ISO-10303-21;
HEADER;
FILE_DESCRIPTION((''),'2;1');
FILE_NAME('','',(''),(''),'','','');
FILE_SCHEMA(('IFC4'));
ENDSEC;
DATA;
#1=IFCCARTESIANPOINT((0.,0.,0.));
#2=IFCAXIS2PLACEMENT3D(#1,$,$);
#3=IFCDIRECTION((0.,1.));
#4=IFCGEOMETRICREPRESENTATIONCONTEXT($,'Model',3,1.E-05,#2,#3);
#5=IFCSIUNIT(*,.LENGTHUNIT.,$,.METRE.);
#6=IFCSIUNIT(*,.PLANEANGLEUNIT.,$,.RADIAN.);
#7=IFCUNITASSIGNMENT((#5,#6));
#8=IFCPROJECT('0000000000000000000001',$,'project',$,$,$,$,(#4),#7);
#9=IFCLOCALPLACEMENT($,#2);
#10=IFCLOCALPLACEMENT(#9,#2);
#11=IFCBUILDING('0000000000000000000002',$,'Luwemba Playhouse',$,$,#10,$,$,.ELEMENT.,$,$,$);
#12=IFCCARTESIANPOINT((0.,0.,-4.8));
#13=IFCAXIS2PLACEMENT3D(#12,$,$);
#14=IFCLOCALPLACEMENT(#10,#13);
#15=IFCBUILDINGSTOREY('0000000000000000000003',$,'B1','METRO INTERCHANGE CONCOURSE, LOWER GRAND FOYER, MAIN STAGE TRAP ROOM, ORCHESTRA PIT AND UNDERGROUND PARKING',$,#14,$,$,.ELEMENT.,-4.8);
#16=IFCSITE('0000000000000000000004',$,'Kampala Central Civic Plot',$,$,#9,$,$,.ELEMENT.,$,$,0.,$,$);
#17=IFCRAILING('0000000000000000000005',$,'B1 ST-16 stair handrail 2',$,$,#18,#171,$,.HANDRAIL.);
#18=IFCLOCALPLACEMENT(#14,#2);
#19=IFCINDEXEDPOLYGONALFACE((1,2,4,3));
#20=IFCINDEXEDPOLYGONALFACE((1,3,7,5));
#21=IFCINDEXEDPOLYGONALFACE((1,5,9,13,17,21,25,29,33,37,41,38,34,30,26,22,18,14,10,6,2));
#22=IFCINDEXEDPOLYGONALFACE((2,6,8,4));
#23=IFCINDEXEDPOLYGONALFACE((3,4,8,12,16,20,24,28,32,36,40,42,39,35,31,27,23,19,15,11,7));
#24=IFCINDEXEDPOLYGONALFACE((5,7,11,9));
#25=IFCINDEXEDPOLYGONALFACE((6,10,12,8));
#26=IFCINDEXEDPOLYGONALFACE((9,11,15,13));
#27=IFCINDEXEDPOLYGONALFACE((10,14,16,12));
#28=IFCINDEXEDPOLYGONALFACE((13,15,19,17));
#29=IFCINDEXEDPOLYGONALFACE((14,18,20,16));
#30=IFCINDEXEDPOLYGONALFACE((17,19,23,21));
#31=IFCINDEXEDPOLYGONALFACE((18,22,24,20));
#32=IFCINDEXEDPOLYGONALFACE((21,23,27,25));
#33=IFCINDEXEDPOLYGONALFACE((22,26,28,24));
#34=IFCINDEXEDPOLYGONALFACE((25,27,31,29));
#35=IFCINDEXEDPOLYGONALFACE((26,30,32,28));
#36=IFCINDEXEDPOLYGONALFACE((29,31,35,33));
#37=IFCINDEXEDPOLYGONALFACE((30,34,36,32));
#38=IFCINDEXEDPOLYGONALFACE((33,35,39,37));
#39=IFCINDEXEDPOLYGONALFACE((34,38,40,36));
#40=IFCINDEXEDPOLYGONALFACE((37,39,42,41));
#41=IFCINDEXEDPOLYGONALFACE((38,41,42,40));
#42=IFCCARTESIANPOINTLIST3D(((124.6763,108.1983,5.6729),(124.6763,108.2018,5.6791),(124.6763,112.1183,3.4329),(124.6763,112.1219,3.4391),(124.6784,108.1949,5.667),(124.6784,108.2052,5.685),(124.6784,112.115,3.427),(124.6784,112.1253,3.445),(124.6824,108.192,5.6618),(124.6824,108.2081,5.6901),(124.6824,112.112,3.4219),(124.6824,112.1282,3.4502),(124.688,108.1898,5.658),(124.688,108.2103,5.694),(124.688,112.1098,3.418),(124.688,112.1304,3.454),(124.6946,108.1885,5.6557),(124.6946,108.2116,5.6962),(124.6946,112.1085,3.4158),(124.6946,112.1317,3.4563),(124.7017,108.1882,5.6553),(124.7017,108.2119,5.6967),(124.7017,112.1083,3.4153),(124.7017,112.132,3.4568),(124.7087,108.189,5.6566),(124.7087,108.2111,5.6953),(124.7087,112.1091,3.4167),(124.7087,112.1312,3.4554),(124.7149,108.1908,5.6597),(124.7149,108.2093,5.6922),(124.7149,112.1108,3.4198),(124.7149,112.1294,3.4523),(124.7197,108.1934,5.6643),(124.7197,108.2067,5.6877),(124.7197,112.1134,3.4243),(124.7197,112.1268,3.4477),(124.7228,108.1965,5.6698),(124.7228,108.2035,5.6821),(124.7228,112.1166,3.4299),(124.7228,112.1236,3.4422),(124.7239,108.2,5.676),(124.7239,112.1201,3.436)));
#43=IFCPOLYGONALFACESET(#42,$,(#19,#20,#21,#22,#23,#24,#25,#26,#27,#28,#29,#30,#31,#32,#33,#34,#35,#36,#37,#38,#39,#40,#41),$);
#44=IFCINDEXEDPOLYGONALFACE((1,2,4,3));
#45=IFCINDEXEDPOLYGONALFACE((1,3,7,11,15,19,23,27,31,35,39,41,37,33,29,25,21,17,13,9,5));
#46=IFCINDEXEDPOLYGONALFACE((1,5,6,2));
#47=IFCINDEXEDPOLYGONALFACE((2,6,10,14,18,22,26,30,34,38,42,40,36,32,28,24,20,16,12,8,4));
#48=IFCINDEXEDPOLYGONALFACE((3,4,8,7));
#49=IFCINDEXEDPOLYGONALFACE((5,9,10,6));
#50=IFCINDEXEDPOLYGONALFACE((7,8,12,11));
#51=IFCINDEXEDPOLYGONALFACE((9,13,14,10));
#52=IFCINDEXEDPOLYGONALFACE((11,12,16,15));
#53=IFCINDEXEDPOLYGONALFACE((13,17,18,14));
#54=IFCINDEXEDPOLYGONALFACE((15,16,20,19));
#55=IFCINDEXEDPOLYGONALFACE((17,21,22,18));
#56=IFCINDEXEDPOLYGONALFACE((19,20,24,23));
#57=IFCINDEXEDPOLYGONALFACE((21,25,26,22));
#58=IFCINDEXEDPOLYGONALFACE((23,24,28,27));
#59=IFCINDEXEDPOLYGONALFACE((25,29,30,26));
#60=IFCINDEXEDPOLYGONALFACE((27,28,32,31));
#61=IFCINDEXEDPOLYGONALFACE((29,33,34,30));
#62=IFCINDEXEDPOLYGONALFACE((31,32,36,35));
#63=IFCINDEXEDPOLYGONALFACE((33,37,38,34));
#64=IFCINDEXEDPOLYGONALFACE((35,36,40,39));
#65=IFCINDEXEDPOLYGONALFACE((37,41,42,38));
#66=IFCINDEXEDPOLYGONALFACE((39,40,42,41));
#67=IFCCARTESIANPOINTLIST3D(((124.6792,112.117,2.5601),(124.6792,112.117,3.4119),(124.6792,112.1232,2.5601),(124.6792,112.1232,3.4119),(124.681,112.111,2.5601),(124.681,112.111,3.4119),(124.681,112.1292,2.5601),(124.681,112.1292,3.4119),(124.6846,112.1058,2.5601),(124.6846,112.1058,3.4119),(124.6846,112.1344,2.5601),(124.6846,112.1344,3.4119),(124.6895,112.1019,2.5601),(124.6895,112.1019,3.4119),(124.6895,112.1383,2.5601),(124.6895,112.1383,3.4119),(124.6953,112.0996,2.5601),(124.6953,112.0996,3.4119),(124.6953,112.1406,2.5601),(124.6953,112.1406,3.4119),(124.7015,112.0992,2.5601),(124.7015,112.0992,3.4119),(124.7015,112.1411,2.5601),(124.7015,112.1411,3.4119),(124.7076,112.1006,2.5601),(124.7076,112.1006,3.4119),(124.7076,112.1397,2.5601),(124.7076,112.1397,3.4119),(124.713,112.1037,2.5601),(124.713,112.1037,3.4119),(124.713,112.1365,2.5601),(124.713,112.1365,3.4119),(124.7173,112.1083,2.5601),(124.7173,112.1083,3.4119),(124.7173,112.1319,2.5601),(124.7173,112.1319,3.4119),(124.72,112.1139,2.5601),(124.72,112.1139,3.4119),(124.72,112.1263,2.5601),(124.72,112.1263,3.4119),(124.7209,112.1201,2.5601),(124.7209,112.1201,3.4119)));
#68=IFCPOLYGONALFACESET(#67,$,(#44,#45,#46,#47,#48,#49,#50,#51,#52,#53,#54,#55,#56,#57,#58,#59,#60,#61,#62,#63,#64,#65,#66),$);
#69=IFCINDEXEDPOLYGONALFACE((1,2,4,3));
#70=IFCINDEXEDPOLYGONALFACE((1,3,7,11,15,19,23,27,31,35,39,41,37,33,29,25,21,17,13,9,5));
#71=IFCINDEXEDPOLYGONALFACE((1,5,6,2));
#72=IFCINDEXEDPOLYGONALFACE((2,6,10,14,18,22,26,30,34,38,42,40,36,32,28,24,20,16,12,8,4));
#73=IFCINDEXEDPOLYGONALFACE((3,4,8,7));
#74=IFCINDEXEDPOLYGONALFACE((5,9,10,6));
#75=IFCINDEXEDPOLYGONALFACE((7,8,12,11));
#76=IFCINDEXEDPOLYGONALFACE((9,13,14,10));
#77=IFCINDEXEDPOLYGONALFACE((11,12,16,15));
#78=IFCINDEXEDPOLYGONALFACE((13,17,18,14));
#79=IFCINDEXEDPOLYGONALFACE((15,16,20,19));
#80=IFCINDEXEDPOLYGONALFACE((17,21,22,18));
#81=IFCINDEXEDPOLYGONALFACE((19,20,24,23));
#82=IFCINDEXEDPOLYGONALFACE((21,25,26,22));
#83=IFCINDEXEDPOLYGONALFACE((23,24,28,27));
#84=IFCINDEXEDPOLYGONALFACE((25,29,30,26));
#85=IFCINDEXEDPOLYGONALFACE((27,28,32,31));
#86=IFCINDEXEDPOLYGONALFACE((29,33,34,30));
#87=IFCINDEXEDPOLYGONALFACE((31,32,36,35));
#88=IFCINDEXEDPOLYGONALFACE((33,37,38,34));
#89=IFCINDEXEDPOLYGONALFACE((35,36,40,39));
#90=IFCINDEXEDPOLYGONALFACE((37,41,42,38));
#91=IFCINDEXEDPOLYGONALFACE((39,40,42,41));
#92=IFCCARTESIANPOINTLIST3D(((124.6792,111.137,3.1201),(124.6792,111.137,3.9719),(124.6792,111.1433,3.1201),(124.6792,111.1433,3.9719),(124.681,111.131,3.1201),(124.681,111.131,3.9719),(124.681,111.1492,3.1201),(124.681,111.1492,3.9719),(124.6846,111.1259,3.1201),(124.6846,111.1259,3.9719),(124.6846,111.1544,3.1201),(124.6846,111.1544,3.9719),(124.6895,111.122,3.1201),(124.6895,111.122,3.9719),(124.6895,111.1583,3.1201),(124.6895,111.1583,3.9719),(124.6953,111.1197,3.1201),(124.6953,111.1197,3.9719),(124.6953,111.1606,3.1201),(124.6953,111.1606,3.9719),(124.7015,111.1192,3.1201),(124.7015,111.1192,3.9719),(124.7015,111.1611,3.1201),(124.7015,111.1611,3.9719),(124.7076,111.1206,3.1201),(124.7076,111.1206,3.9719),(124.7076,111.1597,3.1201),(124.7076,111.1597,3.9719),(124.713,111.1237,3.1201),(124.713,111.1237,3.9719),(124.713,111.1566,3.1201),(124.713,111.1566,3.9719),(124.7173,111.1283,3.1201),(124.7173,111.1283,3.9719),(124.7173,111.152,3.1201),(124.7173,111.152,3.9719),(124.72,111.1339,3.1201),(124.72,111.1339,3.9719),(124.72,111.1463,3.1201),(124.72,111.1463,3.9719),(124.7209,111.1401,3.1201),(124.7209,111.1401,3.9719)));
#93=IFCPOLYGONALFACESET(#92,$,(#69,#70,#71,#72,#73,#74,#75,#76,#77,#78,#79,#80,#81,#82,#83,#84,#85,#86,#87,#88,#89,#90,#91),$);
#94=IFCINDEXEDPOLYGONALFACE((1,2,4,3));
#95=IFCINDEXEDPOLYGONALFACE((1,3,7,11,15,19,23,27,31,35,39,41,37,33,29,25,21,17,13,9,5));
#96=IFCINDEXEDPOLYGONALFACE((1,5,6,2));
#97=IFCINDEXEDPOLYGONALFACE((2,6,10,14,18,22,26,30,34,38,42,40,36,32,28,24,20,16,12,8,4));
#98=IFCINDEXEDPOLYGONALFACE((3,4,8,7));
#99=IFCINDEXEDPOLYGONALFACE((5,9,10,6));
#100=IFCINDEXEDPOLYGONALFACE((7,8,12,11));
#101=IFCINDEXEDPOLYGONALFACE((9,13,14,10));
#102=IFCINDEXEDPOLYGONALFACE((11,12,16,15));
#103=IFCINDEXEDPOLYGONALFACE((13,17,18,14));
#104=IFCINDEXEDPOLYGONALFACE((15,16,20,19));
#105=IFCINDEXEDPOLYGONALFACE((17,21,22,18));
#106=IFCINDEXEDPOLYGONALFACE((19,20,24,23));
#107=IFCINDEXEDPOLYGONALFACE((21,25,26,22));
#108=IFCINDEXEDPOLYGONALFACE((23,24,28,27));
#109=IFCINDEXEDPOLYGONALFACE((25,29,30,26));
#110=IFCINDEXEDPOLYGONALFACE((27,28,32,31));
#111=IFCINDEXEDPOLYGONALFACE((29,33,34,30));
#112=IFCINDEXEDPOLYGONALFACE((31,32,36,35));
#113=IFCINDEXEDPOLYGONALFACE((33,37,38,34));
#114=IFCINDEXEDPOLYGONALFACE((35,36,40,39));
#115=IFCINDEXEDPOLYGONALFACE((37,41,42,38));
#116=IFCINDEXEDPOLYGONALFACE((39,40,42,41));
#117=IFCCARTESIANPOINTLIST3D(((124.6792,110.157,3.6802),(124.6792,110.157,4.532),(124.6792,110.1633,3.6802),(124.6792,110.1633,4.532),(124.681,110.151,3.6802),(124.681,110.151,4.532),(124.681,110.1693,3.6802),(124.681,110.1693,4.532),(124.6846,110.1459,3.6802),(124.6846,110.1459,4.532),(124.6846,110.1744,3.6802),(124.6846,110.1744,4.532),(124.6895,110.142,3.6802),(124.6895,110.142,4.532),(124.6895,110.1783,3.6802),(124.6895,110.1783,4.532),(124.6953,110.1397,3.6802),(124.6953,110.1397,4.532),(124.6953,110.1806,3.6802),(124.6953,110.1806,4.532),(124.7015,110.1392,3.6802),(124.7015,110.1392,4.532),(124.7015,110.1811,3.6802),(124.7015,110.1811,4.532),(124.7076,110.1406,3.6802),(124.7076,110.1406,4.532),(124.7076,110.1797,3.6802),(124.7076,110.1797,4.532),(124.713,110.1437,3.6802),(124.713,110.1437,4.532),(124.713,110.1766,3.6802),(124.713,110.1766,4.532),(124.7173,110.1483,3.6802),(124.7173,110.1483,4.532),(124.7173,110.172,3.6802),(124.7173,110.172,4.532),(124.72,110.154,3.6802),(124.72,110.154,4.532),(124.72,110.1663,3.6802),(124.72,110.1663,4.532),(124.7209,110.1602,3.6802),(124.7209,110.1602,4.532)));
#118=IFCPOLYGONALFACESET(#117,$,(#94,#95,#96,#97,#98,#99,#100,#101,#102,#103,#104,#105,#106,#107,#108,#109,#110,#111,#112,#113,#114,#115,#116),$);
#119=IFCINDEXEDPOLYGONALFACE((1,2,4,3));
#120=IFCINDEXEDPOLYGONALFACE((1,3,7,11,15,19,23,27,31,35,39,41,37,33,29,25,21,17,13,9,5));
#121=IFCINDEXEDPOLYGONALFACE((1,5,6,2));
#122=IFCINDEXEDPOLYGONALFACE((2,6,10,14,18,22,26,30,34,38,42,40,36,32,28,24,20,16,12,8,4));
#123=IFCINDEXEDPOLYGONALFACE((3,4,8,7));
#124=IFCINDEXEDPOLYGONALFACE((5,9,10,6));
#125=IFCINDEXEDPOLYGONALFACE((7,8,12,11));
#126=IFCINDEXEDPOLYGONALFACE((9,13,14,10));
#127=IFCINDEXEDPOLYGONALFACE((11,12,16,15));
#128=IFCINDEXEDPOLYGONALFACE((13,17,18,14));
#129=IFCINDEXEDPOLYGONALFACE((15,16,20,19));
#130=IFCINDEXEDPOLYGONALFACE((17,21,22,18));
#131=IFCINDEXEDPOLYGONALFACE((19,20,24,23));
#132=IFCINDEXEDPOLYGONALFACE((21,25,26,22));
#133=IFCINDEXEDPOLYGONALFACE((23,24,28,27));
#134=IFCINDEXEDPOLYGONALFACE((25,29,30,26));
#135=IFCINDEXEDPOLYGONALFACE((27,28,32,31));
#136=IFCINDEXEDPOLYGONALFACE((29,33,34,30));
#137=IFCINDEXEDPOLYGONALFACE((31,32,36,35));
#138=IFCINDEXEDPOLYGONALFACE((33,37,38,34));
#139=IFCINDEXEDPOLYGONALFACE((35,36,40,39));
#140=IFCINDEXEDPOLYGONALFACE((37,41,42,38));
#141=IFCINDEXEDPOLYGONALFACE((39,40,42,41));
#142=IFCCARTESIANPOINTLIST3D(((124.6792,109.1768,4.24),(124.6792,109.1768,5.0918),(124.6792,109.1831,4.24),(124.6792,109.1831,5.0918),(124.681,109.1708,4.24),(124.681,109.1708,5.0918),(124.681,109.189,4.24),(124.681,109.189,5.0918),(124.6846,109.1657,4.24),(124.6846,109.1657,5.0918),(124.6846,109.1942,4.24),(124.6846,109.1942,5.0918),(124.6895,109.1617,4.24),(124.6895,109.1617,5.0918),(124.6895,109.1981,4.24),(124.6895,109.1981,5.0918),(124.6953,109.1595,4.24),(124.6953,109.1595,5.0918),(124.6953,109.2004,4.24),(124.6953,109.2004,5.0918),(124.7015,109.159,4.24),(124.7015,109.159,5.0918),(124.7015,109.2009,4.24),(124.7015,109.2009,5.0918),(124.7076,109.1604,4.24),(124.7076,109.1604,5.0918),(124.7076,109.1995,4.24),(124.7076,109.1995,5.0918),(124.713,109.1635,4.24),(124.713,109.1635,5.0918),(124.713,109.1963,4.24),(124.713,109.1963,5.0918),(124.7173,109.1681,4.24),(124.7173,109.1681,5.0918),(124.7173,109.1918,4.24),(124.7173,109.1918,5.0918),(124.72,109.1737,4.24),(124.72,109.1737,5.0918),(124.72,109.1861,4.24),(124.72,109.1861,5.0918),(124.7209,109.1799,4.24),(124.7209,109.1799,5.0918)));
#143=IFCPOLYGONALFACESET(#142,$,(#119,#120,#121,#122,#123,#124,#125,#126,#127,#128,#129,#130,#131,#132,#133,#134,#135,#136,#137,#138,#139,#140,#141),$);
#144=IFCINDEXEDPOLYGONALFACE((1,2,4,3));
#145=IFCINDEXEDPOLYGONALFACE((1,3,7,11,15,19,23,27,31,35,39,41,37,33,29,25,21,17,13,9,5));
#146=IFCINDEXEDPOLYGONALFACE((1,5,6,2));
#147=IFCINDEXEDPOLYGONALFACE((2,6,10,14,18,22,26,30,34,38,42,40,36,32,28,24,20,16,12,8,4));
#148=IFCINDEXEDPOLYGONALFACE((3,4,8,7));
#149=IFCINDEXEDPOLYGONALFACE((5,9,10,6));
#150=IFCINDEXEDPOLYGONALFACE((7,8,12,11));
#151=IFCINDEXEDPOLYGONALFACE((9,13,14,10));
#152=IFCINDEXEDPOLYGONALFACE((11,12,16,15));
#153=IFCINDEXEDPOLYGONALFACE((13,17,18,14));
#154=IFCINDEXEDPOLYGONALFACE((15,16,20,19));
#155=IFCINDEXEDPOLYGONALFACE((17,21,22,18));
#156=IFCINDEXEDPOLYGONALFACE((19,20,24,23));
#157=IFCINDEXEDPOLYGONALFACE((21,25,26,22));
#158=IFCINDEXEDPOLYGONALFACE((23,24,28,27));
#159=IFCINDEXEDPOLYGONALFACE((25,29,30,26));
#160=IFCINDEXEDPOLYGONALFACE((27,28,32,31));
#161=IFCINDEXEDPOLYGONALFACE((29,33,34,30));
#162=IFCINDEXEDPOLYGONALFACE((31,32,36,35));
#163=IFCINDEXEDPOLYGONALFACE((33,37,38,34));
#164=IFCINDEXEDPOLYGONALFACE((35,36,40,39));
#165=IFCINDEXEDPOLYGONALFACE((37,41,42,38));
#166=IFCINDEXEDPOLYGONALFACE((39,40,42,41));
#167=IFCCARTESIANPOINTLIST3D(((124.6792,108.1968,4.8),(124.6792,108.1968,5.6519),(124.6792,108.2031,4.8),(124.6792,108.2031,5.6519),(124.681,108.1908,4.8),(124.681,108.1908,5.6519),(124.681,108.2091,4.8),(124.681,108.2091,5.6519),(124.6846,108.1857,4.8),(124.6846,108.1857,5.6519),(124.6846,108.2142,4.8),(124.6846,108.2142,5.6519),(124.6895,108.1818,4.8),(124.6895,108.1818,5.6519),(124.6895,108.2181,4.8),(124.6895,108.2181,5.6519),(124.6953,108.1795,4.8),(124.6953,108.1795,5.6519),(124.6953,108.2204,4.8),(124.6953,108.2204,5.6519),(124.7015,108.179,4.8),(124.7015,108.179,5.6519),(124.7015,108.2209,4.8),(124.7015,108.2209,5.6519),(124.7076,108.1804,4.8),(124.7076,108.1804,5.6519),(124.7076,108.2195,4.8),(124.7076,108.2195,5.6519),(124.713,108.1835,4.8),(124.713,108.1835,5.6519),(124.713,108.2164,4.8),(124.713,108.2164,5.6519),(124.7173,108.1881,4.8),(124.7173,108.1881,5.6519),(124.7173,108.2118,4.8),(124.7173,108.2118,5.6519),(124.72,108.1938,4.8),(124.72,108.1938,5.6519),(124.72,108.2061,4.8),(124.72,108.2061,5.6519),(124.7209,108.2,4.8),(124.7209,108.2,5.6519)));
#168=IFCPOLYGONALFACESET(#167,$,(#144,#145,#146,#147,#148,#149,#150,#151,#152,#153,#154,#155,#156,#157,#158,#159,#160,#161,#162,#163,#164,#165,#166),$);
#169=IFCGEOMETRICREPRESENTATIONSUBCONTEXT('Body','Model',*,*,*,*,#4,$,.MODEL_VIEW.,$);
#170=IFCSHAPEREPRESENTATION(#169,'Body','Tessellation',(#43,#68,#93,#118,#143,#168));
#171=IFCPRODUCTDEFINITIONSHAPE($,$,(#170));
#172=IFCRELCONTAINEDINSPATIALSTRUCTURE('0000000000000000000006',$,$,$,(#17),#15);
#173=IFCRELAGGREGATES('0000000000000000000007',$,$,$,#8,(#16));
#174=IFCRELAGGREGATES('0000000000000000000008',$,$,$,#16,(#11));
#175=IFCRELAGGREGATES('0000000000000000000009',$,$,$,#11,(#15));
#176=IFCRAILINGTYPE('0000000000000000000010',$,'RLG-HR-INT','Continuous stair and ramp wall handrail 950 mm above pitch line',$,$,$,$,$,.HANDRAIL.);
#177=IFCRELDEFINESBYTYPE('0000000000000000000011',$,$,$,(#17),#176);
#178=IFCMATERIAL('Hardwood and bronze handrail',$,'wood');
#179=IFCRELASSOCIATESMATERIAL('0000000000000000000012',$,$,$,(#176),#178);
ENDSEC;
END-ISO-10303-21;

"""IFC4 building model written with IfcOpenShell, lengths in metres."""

from ifc_helpers import new_model, si_unit, direction, frame, origin, origin_2d, place, context, subcontext, project, spatial, circle, extrude, material, type_object, element, save


model = new_model("IFC4")

# Units and contexts
model_context = context("Model", 3, precision=1e-05, world=origin(), true_north=direction((0.0, 1.0)))
body_context = subcontext(model_context, "Body", "Model", "MODEL_VIEW")
ifc_project = project(units=[si_unit("LENGTHUNIT", "METRE"), si_unit("PLANEANGLEUNIT", "RADIAN")], contexts=[model_context])

# Site, building, storey
site_placement = place(None, origin())
site = spatial("IfcSite", under=ifc_project, at=site_placement, Name="Kampala Central Civic Plot", CompositionType="ELEMENT", RefElevation=0.0)
building_placement = place(site_placement, origin())
building = spatial("IfcBuilding", under=site, at=building_placement, Name="Luwemba Playhouse", CompositionType="ELEMENT")
storey_placement = place(building_placement, frame((0.0, 0.0, -4.8)))
storey = spatial("IfcBuildingStorey", under=building, at=storey_placement, Name="B1", Description="METRO INTERCHANGE CONCOURSE, LOWER GRAND FOYER, MAIN STAGE TRAP ROOM, ORCHESTRA PIT AND UNDERGROUND PARKING", CompositionType="ELEMENT", Elevation=-4.8)

# Railing
ifc_material_1 = material(Name="Hardwood and bronze handrail", Category="wood")
railing_type_1 = type_object("IfcRailingType", Name="RLG-HR-INT", Description="Continuous stair and ramp wall handrail 950 mm above pitch line", PredefinedType="HANDRAIL", material=ifc_material_1)
railing_1_placement = place(storey_placement, frame((124.7, 112.1201, 2.5601)))
element("IfcRailing", 1, at=railing_1_placement, inside=storey, type_object=railing_type_1, Name="B1 ST-16 stair handrail 2", PredefinedType="HANDRAIL", context=body_context, shape_type="SweptSolid", body=[
    extrude(circle(Radius=0.0239, at=origin_2d()), frame((0.0, 0.0, 0.876), z_axis=(0.0, -0.868253, 0.496121), x_axis=(1.0, 0.0, 0.0)), (0.0, 0.0, 1.0), 4.5149),
    extrude(circle(Radius=0.021, at=origin_2d()), origin(), (0.0, 0.0, 1.0), 0.8518),
    extrude(circle(Radius=0.021, at=origin_2d()), frame((0.0, -0.98, 0.5601)), (0.0, 0.0, 1.0), 0.8518),
    extrude(circle(Radius=0.021, at=origin_2d()), frame((0.0, -1.96, 1.1201)), (0.0, 0.0, 1.0), 0.8518),
    extrude(circle(Radius=0.021, at=origin_2d()), frame((0.0, -2.9402, 1.6799)), (0.0, 0.0, 1.0), 0.8518),
    extrude(circle(Radius=0.021, at=origin_2d()), frame((0.0, -3.9202, 2.24)), (0.0, 0.0, 1.0), 0.8518),
])

save(model, "model.ifc")
